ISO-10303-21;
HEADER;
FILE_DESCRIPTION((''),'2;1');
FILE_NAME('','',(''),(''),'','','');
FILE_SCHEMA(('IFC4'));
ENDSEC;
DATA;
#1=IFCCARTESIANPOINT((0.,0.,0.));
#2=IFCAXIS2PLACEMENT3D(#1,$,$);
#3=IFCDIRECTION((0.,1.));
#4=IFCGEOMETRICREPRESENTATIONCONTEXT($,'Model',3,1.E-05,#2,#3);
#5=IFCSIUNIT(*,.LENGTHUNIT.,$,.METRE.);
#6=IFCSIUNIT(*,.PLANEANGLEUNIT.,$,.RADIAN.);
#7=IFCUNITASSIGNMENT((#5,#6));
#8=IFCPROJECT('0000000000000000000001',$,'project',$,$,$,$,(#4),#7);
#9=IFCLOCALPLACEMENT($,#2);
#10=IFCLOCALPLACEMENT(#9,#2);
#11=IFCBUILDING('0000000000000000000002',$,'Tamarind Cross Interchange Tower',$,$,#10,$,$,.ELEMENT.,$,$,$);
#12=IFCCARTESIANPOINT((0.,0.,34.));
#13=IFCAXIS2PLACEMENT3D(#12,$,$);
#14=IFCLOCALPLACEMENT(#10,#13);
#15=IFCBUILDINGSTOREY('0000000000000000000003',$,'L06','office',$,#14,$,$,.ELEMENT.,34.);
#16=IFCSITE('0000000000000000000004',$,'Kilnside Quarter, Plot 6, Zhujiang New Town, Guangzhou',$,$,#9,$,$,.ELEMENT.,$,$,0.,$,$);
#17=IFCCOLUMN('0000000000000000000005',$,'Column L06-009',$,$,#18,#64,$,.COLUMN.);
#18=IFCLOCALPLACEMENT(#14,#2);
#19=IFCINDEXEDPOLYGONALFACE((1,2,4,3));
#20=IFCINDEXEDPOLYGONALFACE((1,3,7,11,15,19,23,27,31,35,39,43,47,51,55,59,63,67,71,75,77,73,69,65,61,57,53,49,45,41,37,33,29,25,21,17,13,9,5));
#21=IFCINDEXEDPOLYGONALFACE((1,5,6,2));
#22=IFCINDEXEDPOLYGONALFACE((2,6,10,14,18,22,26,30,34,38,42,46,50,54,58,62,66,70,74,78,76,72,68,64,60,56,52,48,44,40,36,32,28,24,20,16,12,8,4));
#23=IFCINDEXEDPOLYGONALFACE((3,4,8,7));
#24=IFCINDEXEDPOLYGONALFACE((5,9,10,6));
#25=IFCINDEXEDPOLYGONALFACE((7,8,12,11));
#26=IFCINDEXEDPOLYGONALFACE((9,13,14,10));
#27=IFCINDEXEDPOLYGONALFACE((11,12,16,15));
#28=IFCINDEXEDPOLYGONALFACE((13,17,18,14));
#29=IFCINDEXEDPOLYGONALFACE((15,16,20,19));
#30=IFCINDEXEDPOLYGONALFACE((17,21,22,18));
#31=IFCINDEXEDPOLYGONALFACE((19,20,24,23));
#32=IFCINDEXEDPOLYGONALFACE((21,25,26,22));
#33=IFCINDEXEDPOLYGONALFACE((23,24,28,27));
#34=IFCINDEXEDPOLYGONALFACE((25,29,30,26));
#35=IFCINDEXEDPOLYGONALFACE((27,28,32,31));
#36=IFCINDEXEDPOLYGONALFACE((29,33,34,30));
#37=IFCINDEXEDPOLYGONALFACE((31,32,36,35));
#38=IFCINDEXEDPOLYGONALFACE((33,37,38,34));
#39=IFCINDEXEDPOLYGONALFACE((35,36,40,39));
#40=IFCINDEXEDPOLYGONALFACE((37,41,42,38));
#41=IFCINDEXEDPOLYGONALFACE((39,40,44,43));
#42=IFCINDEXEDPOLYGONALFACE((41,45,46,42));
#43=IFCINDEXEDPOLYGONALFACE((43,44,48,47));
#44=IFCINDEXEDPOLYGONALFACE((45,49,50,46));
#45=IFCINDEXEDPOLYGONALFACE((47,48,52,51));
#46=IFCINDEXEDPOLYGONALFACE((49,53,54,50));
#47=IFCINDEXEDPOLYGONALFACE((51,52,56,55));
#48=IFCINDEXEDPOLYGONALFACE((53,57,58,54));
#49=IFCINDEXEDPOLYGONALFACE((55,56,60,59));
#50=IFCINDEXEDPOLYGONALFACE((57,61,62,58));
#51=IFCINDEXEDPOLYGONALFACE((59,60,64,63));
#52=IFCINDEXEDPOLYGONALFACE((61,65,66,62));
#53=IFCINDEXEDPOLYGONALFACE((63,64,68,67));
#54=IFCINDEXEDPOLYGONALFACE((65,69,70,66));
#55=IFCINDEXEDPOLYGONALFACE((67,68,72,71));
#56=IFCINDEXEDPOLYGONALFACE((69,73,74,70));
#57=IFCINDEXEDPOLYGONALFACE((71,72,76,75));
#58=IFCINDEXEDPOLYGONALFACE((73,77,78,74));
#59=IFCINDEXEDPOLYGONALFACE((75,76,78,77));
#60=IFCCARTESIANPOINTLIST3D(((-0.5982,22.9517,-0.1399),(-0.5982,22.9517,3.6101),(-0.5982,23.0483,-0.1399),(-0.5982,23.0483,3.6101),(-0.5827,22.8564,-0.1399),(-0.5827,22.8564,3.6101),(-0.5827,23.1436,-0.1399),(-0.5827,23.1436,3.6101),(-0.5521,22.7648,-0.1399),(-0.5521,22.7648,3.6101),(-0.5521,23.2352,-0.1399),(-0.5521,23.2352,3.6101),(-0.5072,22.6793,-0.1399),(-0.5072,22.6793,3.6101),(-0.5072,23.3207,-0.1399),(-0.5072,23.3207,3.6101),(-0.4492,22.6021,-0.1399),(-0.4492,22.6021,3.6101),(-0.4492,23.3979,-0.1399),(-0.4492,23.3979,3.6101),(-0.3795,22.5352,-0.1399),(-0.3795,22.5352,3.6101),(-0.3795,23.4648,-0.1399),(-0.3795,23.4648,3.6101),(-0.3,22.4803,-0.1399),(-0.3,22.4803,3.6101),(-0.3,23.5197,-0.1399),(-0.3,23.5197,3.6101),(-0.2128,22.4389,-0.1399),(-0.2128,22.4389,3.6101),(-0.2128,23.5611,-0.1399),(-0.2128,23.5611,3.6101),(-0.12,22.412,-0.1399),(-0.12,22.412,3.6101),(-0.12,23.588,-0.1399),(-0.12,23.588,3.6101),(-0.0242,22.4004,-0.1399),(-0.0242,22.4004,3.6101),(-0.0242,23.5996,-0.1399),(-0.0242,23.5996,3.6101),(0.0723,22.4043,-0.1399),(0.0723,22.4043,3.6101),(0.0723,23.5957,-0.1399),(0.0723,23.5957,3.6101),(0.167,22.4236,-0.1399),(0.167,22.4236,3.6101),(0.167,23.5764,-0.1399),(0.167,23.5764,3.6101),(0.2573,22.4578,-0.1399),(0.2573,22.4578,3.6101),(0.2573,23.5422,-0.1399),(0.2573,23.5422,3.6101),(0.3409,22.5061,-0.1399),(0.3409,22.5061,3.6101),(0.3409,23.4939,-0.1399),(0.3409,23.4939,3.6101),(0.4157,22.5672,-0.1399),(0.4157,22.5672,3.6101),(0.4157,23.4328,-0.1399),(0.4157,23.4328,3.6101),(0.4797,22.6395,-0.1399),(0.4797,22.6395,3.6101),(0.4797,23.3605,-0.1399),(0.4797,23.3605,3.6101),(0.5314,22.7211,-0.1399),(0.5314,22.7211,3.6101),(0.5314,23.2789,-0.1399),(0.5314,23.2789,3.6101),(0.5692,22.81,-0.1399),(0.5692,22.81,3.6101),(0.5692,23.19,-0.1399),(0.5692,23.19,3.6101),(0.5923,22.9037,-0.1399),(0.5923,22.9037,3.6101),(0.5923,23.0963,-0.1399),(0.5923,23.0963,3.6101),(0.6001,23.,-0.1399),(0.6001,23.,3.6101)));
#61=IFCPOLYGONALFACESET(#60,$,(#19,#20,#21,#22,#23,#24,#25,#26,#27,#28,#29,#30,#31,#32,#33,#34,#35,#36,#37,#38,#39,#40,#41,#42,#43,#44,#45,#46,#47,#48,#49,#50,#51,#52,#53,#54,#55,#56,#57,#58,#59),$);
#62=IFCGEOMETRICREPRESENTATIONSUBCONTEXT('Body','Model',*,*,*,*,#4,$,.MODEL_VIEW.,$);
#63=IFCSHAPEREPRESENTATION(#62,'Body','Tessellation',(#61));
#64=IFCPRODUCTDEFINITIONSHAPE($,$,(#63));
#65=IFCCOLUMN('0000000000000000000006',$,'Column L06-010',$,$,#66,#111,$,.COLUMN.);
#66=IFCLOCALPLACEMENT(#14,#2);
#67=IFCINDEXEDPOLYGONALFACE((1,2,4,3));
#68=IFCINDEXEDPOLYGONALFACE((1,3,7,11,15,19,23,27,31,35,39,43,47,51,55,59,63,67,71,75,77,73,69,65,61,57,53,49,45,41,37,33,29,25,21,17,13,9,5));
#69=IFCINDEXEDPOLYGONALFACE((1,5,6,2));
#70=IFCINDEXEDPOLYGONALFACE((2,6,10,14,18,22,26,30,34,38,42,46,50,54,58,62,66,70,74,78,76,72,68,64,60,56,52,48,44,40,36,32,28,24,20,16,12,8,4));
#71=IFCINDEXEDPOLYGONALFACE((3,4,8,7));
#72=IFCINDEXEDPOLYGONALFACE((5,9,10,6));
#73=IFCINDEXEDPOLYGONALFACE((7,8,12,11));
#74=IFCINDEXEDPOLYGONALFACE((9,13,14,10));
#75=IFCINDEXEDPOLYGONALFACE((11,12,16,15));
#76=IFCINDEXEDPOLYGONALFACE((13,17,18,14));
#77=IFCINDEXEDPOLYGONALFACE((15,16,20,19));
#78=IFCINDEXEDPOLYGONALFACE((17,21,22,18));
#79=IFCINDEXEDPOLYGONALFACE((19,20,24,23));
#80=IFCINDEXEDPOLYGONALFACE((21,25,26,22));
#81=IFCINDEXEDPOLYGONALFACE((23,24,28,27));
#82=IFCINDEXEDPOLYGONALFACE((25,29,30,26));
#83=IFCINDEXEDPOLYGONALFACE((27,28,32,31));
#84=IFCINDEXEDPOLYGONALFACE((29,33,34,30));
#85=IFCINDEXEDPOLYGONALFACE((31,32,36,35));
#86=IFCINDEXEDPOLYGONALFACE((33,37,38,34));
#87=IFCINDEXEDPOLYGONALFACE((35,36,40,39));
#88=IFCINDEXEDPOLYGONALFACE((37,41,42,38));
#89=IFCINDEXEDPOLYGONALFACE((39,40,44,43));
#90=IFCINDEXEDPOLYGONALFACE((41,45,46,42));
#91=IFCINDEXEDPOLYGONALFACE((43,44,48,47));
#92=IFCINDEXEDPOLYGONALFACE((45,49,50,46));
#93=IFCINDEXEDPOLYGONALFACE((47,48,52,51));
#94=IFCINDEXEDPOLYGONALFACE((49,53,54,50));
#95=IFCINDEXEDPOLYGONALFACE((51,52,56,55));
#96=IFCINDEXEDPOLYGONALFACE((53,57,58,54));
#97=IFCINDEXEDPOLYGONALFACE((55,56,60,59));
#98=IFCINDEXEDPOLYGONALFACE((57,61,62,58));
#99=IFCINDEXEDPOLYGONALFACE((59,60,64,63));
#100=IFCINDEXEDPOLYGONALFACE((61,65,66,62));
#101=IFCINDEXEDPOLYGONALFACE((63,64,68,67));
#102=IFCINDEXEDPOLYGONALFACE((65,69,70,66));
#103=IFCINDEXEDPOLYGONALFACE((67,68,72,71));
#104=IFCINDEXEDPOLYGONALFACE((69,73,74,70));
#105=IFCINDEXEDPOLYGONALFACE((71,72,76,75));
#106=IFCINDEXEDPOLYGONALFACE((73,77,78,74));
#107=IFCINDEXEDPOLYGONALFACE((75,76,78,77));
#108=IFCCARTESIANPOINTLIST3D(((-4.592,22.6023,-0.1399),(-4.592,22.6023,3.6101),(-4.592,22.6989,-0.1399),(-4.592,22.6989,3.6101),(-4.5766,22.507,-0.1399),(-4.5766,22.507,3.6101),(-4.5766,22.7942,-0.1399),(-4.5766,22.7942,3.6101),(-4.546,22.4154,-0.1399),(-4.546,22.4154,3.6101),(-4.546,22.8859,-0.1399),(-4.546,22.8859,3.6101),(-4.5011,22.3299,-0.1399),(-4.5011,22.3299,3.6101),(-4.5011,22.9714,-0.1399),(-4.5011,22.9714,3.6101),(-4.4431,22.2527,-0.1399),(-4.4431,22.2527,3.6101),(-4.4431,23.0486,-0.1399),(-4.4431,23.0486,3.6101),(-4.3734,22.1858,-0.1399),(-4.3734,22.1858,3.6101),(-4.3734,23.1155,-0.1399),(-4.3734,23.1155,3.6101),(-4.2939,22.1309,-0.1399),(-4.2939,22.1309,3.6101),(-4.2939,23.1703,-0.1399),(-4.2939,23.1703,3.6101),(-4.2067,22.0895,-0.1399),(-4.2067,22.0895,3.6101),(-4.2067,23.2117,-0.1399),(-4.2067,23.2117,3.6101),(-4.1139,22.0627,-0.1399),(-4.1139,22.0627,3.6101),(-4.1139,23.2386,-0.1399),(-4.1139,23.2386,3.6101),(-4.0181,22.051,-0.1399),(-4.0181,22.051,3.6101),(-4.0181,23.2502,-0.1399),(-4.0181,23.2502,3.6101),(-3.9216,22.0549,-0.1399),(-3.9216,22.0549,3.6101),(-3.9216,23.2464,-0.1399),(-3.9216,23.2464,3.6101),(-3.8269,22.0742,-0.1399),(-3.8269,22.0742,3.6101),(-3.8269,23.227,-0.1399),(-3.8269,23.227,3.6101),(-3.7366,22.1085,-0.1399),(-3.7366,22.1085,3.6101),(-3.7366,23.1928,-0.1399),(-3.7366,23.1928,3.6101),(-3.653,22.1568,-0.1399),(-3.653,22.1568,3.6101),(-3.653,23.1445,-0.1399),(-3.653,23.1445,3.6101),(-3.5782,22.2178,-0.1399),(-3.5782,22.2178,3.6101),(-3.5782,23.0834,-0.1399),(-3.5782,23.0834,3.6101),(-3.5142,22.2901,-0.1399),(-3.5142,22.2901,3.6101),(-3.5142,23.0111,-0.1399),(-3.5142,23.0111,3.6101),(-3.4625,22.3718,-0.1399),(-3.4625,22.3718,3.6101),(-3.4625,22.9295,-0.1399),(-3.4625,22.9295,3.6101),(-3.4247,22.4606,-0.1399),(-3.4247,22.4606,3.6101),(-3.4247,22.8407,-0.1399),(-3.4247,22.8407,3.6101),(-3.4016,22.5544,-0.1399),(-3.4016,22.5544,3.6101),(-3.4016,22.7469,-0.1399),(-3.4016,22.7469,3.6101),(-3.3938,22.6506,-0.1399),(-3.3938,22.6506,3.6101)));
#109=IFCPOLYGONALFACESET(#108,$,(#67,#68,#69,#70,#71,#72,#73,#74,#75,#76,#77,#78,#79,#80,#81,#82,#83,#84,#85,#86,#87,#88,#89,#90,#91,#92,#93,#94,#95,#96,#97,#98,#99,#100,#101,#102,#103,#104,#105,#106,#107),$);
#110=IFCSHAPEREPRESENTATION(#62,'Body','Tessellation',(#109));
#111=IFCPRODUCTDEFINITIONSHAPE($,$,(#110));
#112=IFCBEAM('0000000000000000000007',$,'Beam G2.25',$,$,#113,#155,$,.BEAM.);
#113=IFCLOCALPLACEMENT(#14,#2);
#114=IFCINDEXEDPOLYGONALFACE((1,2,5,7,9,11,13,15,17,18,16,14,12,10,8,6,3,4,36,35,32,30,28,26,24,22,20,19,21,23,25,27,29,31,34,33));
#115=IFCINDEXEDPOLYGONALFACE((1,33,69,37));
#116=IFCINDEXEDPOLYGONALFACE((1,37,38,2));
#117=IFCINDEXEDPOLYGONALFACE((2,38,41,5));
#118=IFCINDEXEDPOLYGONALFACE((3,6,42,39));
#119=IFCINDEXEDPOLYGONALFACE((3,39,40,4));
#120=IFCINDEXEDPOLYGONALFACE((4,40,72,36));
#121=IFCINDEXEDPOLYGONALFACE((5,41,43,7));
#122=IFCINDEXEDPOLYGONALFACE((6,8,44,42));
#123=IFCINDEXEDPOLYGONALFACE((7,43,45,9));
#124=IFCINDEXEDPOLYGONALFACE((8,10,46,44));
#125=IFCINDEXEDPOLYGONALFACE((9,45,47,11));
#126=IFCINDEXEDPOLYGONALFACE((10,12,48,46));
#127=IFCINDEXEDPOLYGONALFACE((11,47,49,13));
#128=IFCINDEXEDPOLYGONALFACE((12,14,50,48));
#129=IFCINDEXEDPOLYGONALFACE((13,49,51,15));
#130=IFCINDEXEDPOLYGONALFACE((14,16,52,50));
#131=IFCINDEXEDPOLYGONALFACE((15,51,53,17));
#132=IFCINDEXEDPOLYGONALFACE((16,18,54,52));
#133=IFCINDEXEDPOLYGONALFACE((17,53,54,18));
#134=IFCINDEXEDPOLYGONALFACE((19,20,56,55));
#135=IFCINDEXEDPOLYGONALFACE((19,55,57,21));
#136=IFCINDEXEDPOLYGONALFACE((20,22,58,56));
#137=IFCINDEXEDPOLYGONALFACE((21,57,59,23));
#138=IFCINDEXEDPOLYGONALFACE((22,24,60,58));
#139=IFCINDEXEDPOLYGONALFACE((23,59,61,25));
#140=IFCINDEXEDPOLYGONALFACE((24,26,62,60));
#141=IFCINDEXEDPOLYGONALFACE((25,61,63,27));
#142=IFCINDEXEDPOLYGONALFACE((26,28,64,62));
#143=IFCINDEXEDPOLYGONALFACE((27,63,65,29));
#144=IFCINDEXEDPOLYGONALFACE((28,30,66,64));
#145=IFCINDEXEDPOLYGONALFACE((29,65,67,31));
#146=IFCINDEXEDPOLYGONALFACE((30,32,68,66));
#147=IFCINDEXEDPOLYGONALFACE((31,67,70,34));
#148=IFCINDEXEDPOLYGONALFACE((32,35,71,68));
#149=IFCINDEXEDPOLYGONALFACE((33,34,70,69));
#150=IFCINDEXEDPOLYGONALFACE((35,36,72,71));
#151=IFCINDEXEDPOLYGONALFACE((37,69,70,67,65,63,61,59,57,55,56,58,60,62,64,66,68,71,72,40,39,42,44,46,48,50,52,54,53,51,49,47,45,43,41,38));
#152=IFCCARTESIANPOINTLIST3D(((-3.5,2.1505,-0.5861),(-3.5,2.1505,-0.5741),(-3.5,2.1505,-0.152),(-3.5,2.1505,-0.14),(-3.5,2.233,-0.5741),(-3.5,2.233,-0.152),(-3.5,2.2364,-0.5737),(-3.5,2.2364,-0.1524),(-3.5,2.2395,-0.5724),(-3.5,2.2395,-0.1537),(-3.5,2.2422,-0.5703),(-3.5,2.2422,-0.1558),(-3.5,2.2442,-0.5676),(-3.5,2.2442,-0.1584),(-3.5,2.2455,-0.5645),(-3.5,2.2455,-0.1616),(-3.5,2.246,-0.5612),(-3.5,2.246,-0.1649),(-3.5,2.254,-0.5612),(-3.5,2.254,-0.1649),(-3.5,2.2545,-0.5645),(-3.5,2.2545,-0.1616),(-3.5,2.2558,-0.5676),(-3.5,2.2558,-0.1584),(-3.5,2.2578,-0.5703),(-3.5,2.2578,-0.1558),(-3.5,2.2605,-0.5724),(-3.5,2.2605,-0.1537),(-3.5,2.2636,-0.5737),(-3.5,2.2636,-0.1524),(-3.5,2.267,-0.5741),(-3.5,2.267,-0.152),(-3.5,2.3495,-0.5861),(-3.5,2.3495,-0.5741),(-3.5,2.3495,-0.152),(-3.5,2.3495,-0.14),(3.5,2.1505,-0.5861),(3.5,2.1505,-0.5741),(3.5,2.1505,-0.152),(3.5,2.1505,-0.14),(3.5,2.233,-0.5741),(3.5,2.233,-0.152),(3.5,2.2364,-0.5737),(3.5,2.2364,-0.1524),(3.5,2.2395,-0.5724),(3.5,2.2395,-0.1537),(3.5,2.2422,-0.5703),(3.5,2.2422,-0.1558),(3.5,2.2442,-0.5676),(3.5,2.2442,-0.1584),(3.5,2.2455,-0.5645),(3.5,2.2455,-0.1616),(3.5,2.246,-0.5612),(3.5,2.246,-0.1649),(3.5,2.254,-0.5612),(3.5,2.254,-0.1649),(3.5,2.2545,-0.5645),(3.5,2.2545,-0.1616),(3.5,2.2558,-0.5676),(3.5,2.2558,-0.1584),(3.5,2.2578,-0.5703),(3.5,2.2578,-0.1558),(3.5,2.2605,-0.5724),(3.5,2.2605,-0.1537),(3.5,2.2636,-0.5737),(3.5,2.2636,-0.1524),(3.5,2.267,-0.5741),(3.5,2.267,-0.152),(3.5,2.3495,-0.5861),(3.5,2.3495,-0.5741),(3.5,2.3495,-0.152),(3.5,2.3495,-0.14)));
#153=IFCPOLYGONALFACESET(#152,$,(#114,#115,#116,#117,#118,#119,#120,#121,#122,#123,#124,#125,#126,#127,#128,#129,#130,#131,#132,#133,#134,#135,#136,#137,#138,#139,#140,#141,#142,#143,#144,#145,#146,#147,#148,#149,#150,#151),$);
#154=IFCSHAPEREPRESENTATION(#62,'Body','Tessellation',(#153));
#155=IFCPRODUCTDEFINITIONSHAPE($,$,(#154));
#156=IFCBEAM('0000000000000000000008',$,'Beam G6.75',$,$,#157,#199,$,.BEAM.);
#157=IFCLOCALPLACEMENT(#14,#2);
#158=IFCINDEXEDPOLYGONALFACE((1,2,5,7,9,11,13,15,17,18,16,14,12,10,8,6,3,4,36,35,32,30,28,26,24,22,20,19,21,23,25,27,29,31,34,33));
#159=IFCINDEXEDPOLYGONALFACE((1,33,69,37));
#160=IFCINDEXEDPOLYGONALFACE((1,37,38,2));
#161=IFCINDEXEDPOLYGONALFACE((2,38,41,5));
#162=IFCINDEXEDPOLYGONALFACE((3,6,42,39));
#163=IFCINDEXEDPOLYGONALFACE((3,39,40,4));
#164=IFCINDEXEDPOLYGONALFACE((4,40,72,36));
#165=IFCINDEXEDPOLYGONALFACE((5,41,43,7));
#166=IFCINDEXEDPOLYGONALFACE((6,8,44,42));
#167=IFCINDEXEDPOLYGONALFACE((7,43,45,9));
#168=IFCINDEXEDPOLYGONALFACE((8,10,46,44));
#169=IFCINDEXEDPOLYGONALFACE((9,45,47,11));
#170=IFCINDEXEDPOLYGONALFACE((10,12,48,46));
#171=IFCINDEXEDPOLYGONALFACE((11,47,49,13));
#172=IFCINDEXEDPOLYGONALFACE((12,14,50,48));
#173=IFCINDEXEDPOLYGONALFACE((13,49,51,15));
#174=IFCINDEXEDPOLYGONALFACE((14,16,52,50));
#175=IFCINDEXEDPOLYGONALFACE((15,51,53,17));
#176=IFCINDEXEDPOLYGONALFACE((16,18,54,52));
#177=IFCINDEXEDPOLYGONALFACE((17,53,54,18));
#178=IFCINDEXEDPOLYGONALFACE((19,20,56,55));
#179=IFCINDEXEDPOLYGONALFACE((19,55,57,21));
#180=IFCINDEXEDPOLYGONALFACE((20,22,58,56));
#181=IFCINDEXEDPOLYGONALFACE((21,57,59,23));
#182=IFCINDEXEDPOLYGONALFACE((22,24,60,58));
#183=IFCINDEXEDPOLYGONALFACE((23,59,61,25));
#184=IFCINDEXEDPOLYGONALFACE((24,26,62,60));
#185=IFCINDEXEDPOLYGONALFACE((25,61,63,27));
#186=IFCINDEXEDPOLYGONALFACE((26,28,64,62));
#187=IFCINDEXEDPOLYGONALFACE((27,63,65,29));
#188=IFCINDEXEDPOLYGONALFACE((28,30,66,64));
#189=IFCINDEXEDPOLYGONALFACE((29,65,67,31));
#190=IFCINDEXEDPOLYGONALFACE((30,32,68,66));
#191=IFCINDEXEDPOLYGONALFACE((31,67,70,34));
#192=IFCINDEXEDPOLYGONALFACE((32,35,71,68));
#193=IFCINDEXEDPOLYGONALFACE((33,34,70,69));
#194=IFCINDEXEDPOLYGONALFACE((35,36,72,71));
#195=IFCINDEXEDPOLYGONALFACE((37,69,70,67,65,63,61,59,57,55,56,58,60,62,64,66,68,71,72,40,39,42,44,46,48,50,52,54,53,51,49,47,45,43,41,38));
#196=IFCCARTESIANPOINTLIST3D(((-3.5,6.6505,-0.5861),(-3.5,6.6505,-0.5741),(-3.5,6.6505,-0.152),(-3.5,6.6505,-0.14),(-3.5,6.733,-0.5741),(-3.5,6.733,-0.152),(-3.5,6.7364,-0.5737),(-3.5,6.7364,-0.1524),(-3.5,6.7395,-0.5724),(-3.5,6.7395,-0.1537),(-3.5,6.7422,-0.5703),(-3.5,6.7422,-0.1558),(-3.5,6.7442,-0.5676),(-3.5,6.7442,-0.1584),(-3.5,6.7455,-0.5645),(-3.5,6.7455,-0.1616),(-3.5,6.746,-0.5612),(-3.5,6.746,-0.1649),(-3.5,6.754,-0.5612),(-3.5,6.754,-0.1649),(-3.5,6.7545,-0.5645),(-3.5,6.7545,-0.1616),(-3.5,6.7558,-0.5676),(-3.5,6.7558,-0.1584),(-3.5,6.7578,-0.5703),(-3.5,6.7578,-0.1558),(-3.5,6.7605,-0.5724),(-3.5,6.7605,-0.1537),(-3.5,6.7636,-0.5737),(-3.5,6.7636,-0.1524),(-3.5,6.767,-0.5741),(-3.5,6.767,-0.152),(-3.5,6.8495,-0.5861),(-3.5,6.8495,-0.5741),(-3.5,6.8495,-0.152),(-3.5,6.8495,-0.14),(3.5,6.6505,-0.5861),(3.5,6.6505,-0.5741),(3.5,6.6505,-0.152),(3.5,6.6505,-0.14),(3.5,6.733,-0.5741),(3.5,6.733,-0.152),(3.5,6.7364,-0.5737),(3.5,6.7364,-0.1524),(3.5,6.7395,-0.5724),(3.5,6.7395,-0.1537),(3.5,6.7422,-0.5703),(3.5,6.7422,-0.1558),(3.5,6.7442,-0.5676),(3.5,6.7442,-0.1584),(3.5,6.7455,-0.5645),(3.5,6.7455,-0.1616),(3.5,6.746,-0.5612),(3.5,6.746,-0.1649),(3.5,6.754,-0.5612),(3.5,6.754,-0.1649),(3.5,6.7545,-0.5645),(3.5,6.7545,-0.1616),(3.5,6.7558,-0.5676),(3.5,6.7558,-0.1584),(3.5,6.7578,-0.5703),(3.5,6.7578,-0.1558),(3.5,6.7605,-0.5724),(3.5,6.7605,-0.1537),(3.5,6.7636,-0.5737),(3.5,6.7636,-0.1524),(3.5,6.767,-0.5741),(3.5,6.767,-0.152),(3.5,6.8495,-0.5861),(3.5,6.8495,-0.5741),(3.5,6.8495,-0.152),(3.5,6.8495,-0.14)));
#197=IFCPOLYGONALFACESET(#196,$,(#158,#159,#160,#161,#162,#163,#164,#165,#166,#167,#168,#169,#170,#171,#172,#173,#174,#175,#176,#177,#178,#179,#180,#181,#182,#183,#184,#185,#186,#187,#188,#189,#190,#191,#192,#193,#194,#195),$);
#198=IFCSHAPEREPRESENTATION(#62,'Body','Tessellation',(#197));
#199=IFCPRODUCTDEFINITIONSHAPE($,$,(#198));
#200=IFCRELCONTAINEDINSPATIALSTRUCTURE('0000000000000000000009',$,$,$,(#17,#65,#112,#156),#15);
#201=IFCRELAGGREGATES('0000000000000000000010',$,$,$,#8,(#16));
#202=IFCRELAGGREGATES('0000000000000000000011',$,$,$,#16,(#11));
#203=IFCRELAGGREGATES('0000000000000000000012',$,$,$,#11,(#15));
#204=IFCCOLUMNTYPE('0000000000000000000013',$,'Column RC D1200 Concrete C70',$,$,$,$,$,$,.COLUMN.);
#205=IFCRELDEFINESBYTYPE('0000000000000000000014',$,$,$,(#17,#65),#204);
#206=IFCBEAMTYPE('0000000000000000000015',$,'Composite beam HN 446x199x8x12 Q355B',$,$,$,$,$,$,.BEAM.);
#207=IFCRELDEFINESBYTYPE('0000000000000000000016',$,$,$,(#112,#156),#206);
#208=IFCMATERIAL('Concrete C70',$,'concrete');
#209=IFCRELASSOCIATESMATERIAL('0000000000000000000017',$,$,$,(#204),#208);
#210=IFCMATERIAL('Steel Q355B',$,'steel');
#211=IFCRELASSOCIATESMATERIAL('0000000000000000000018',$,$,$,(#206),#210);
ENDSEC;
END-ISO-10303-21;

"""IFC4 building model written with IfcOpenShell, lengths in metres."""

from ifc_helpers import new_model, si_unit, direction, frame, origin, origin_2d, place, context, subcontext, project, spatial, circle, i_section, extrude, material, material_profile, profile_set, type_object, element, save


model = new_model("IFC4")

# Units and contexts
model_context = context("Model", 3, precision=1e-05, world=origin(), true_north=direction((0.0, 1.0)))
body_context = subcontext(model_context, "Body", "Model", "MODEL_VIEW")
ifc_project = project(units=[si_unit("LENGTHUNIT", "METRE"), si_unit("PLANEANGLEUNIT", "RADIAN")], contexts=[model_context])

# Site, building, storey
site_placement = place(None, origin())
site = spatial("IfcSite", under=ifc_project, at=site_placement, Name="Kilnside Quarter, Plot 6, Zhujiang New Town, Guangzhou", CompositionType="ELEMENT", RefElevation=0.0)
building_placement = place(site_placement, origin())
building = spatial("IfcBuilding", under=site, at=building_placement, Name="Tamarind Cross Interchange Tower", CompositionType="ELEMENT")
storey_placement = place(building_placement, frame((0.0, 0.0, 34.0)))
storey = spatial("IfcBuildingStorey", under=building, at=storey_placement, Name="L06", Description="office", CompositionType="ELEMENT", Elevation=34.0)

# Columns
ifc_material_1 = material(Name="Concrete C70", Category="concrete")
ifc_material_profile_1 = material_profile(ifc_material_1, circle(Radius=0.6001, at=origin_2d()), Name="RC D1200")
ifc_profile_set_1 = profile_set([ifc_material_profile_1], Name="Concrete C70")
column_type = type_object("IfcColumnType", Name="Column RC D1200 Concrete C70", PredefinedType="COLUMN", material=ifc_profile_set_1)
for number, where, z_axis, x_axis, name in (
    (1, (0.0, 23.0, -0.1399), (0.0, 0.0, 1.0), (1.0, 0.0, 0.0), "Column L06-009"),
    (2, (-3.9939, 22.6506, -0.1399), (0.0, 0.0, 1.0), (1.0, 0.0, 0.0), "Column L06-010"),
):
    element("IfcColumn", number, at=place(storey_placement, frame(where, z_axis=z_axis, x_axis=x_axis)), inside=storey, type_object=column_type, Name=name, PredefinedType="COLUMN", context=body_context, shape_type="SweptSolid", body=[
        extrude(circle(Radius=0.6001, at=origin_2d()), origin(), (0.0, 0.0, 1.0), 3.75),
    ])

# Beams
ifc_material_2 = material(Name="Steel Q355B", Category="steel")
ifc_material_profile_2 = material_profile(ifc_material_2, i_section(OverallWidth=0.199, OverallDepth=0.446, WebThickness=0.0081, FlangeThickness=0.012, FilletRadius=0.0129, at=origin_2d()), Name="HN 446x199x8x12")
ifc_profile_set_2 = profile_set([ifc_material_profile_2], Name="Steel Q355B")
beam_type_1 = type_object("IfcBeamType", Name="Composite beam HN 446x199x8x12 Q355B", PredefinedType="BEAM", material=ifc_profile_set_2)
for number, where, z_axis, x_axis, name in (
    (3, (-3.5, 2.25, -0.363), (1.0, 0.0, 0.0), (0.0, 1.0, 0.0), "Beam G2.25"),
    (4, (-3.5, 6.75, -0.363), (1.0, 0.0, 0.0), (0.0, 1.0, 0.0), "Beam G6.75"),
):
    element("IfcBeam", number, at=place(storey_placement, frame(where, z_axis=z_axis, x_axis=x_axis)), inside=storey, type_object=beam_type_1, Name=name, PredefinedType="BEAM", context=body_context, shape_type="SweptSolid", body=[
        extrude(i_section(OverallWidth=0.199, OverallDepth=0.446, WebThickness=0.0081, FlangeThickness=0.012, FilletRadius=0.0129, at=origin_2d()), origin(), (0.0, 0.0, 1.0), 7.0),
    ])

save(model, "model.ifc")
